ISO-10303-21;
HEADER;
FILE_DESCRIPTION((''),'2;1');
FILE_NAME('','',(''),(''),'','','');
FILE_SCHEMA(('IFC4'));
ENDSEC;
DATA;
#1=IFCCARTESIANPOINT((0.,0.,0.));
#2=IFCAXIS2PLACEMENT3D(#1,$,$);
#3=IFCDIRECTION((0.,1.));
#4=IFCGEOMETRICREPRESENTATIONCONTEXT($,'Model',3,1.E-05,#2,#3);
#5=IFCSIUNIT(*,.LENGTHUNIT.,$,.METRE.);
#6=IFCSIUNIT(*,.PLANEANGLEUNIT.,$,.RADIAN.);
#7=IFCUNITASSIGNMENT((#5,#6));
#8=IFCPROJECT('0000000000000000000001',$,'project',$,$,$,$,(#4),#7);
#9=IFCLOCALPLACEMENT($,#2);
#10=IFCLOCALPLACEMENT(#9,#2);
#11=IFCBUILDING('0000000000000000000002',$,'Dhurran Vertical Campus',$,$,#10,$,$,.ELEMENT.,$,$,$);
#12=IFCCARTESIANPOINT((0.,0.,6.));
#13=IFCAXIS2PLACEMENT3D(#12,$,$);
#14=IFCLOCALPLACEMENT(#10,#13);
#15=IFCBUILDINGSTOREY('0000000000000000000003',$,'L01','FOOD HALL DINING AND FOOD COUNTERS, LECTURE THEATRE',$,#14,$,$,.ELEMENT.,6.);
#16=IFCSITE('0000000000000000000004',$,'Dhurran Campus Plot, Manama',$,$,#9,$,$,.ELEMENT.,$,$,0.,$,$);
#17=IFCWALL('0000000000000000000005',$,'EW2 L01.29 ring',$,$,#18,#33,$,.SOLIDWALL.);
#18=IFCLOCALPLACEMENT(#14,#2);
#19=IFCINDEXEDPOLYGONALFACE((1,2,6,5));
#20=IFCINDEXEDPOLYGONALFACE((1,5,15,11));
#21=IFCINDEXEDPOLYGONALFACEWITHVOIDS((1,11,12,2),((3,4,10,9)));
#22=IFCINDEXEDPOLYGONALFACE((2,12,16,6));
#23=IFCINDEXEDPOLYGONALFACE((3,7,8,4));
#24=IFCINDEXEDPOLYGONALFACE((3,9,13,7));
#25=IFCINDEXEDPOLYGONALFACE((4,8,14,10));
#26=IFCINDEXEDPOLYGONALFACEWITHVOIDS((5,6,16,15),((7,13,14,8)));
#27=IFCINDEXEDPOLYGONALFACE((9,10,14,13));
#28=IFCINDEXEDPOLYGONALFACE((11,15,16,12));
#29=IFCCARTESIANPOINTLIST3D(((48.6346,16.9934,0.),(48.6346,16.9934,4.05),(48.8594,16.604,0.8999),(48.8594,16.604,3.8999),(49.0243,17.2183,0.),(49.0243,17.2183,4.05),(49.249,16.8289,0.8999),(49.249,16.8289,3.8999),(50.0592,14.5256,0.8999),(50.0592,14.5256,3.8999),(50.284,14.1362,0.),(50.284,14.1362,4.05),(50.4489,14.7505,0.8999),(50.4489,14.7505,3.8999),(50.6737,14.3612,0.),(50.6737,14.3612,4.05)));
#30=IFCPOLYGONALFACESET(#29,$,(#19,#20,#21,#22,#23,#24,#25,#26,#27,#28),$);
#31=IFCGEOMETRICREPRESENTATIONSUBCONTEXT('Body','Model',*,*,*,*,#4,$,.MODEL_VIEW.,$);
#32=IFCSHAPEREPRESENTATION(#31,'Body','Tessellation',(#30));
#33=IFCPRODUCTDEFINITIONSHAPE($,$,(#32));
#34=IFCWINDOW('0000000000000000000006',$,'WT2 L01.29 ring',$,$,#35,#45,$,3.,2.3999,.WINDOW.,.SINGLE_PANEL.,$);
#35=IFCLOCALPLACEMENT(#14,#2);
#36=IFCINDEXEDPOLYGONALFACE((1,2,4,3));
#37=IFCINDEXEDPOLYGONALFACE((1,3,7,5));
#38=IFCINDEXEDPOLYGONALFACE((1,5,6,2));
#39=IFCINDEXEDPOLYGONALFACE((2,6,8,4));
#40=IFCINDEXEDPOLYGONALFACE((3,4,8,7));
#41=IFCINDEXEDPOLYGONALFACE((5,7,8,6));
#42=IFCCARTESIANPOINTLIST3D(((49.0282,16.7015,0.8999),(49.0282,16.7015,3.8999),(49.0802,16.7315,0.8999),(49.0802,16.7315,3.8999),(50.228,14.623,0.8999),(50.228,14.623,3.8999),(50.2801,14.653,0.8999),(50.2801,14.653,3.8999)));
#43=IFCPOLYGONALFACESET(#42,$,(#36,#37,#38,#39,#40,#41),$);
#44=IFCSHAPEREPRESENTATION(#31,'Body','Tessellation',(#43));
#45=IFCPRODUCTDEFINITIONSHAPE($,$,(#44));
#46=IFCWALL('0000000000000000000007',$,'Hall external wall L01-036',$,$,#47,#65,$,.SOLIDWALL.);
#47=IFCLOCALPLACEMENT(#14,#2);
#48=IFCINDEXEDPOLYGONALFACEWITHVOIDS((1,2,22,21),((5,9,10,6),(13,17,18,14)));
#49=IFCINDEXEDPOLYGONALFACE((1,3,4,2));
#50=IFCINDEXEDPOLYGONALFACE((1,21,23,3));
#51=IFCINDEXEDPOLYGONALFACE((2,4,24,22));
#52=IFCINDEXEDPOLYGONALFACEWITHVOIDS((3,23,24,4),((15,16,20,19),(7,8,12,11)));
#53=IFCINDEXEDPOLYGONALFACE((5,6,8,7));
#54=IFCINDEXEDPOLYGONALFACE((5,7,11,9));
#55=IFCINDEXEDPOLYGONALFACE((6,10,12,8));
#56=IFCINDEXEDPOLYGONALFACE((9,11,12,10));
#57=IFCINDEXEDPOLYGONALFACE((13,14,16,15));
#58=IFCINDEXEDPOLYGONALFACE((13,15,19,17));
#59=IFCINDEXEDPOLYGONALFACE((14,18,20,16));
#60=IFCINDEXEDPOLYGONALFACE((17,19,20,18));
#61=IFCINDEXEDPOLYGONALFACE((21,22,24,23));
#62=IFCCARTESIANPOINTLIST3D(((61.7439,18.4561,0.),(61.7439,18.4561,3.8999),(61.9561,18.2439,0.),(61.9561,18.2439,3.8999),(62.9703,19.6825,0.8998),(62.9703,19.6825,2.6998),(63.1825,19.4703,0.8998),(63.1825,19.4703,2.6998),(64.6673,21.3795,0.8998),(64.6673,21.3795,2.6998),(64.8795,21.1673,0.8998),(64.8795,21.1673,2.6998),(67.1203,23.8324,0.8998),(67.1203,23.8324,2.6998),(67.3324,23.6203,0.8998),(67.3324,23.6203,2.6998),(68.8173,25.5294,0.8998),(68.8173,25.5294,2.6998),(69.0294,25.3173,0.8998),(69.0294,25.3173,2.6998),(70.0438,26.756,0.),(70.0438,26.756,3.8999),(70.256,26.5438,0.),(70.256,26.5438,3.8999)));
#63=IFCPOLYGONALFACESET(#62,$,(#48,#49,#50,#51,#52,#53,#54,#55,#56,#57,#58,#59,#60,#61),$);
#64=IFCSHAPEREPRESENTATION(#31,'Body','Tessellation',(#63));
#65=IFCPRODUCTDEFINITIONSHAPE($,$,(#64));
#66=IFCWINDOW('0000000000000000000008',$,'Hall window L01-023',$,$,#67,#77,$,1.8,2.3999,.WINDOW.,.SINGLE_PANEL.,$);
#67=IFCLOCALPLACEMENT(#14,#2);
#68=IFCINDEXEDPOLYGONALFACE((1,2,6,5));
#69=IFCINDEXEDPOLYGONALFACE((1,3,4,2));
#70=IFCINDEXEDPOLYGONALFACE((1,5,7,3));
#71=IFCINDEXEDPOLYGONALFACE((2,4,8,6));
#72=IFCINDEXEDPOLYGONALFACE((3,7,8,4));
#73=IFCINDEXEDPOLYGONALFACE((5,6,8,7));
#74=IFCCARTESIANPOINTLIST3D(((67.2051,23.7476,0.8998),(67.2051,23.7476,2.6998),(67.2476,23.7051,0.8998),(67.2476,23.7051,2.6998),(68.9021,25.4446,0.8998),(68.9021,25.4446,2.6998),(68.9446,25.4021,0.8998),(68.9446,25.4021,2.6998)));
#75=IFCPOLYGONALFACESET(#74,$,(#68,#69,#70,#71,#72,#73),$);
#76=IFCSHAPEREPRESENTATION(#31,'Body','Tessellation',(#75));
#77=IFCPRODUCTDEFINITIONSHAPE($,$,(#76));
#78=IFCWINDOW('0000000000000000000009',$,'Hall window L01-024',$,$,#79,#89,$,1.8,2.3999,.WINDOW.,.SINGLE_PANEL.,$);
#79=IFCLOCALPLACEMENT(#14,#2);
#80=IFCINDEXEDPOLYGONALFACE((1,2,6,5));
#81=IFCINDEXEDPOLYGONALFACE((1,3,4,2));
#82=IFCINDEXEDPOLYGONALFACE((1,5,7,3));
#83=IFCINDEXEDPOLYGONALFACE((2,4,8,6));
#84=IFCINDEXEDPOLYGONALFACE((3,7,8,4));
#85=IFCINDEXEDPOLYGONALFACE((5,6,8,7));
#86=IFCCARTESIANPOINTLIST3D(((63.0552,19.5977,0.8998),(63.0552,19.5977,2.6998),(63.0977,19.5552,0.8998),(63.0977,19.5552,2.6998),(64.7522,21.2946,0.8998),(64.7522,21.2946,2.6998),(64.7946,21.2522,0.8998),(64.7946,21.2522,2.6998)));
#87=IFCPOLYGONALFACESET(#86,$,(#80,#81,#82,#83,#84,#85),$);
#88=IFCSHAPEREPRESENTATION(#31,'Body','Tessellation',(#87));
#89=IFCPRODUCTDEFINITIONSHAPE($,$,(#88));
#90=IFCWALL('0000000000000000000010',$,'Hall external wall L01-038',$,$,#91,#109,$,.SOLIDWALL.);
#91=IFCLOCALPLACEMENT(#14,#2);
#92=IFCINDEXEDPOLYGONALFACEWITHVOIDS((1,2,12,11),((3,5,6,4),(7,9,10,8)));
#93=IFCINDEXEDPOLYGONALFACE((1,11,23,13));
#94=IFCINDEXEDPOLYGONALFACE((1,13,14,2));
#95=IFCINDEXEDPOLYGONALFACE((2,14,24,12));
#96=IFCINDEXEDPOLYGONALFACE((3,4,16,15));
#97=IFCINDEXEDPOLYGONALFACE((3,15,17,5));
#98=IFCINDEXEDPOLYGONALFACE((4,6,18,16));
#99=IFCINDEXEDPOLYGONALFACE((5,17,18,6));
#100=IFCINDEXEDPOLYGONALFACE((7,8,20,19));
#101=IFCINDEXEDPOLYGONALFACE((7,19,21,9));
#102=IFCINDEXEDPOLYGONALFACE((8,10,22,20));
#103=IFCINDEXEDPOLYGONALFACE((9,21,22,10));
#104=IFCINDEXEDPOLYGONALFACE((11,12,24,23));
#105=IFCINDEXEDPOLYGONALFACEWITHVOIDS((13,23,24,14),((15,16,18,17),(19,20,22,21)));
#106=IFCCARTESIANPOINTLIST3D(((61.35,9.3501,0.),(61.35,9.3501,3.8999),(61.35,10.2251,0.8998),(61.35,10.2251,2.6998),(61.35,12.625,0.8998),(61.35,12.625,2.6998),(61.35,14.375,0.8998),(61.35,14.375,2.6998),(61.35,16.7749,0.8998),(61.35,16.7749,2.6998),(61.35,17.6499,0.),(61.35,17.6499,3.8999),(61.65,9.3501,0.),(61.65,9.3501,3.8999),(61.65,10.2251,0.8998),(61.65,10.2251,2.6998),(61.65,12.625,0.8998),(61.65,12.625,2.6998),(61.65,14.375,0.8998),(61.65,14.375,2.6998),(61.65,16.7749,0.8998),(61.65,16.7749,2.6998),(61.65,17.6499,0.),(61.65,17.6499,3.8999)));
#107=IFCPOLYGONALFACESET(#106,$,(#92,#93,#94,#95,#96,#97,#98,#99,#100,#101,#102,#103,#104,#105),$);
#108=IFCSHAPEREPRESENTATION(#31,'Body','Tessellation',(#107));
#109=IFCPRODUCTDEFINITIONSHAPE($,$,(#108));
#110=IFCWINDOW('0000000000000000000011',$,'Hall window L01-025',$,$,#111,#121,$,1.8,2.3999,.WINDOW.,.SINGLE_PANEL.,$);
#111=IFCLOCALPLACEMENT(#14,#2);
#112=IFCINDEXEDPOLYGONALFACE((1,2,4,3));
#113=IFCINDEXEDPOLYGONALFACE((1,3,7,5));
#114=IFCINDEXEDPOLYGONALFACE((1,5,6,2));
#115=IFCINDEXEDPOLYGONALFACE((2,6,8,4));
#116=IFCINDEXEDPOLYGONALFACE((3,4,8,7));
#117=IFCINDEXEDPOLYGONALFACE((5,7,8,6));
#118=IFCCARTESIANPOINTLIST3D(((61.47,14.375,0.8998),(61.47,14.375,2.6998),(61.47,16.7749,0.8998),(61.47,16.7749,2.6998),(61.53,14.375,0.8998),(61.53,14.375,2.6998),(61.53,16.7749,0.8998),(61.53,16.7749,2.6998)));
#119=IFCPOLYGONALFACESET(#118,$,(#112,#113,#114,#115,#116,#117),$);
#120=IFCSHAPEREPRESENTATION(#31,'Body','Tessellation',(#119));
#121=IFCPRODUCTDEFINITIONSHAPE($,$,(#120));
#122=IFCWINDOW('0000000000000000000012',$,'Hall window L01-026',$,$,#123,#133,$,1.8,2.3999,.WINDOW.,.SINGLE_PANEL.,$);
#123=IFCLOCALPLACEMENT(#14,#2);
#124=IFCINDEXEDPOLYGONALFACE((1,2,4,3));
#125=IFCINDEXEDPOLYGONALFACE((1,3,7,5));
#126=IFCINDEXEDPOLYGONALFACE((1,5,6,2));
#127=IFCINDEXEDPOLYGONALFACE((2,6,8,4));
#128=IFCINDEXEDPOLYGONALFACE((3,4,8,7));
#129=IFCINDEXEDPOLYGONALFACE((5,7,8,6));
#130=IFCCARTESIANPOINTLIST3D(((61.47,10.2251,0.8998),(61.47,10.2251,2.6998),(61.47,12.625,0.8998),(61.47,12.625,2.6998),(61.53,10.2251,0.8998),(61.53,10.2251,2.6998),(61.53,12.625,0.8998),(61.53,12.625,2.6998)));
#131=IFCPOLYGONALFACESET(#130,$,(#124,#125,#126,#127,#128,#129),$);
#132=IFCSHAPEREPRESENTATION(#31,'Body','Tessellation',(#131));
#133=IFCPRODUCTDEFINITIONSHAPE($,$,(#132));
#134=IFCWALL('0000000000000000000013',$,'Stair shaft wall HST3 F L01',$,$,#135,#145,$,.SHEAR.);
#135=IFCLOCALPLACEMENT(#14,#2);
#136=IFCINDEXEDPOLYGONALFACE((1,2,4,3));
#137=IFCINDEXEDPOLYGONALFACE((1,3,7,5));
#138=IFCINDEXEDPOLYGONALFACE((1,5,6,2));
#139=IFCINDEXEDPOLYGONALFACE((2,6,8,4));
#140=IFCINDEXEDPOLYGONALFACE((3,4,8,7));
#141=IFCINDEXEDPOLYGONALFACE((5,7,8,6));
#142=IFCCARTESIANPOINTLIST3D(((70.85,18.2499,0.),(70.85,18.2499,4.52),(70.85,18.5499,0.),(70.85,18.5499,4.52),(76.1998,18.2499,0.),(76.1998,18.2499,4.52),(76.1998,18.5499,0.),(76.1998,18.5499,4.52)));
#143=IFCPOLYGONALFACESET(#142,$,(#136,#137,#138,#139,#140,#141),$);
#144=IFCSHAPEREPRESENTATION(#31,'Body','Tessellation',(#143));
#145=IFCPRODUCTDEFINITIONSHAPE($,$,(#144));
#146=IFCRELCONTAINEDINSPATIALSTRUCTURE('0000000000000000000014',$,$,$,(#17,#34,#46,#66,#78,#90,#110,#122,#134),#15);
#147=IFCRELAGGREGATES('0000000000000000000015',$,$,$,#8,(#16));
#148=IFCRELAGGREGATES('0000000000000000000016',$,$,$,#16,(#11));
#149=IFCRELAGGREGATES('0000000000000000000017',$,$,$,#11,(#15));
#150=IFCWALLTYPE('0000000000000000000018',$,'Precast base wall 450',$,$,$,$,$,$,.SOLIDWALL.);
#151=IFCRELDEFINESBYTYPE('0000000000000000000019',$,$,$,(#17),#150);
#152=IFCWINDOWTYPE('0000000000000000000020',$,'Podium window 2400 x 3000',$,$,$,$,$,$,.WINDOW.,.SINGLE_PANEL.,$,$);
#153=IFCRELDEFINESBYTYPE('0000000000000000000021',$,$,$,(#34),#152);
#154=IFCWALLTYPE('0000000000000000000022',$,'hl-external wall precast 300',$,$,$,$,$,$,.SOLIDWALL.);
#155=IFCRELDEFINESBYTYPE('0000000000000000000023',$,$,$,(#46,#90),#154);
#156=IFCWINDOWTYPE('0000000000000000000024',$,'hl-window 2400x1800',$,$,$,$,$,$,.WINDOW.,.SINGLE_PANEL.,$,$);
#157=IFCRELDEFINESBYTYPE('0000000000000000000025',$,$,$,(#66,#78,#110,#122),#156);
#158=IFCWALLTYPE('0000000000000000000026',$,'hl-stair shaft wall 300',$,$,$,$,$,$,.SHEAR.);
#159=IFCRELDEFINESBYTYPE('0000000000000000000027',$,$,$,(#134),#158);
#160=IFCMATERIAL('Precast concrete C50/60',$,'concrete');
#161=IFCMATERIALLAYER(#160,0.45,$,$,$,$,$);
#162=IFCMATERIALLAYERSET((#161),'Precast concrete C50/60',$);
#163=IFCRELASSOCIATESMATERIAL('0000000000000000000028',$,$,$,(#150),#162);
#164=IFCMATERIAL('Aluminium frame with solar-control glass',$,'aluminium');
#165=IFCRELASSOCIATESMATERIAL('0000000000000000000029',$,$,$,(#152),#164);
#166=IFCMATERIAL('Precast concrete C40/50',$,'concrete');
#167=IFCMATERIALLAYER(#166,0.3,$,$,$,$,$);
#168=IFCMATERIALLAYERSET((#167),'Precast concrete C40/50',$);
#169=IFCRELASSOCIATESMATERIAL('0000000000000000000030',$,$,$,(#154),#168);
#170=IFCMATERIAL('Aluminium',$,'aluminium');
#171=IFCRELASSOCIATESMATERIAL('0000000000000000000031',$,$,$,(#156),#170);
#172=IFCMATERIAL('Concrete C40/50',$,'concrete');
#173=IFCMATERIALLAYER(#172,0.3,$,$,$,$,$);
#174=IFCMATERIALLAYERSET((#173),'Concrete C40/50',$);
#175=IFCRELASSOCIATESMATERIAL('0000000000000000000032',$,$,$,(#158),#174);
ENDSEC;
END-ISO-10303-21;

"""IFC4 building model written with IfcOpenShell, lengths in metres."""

from ifc_helpers import new_model, si_unit, direction, frame, frame_2d, origin, place, context, subcontext, project, spatial, rectangle, extrude, material, layer, layer_set, type_object, element, fill, save


model = new_model("IFC4")

# Units and contexts
model_context = context("Model", 3, precision=1e-05, world=origin(), true_north=direction((0.0, 1.0)))
body_context = subcontext(model_context, "Body", "Model", "MODEL_VIEW")
ifc_project = project(units=[si_unit("LENGTHUNIT", "METRE"), si_unit("PLANEANGLEUNIT", "RADIAN")], contexts=[model_context])

# Site, building, storey
site_placement = place(None, origin())
site = spatial("IfcSite", under=ifc_project, at=site_placement, Name="Dhurran Campus Plot, Manama", CompositionType="ELEMENT", RefElevation=0.0)
building_placement = place(site_placement, origin())
building = spatial("IfcBuilding", under=site, at=building_placement, Name="Dhurran Vertical Campus", CompositionType="ELEMENT")
storey_placement = place(building_placement, frame((0.0, 0.0, 6.0)))
storey = spatial("IfcBuildingStorey", under=building, at=storey_placement, Name="L01", Description="FOOD HALL DINING AND FOOD COUNTERS, LECTURE THEATRE", CompositionType="ELEMENT", Elevation=6.0)

# Wall, opening, window
ifc_material_1 = material(Name="Precast concrete C50/60", Category="concrete")
ifc_layer_1 = layer(ifc_material_1, 0.45)
ifc_layer_set_1 = layer_set([ifc_layer_1], Name="Precast concrete C50/60")
wall_type_1 = type_object("IfcWallType", Name="Precast base wall 450", PredefinedType="SOLIDWALL", material=ifc_layer_set_1)
ifc_material_2 = material(Name="Aluminium frame with solar-control glass", Category="aluminium")
window_type_1 = type_object("IfcWindowType", Name="Podium window 2400 x 3000", PartitioningType="SINGLE_PANEL", PredefinedType="WINDOW", material=ifc_material_2)
wall_1_placement = place(storey_placement, frame((50.4788, 14.2488, 0.0), z_axis=(0.0, 0.0, 1.0), x_axis=(-0.499959, 0.866049, 0.0)))
wall_1 = element("IfcWall", 1, at=wall_1_placement, inside=storey, type_object=wall_type_1, Name="EW2 L01.29 ring", PredefinedType="SOLIDWALL", context=body_context, shape_type="SweptSolid", body=[
    extrude(rectangle(XDim=3.2991, YDim=0.45, at=frame_2d((1.6494, 0.0))), origin(), (0.0, 0.0, 1.0), 4.05),
])
opening_1_placement = place(wall_1_placement, frame((0.4495, 0.0, 0.8999)))
opening_1 = element("IfcOpeningElement", 2, at=opening_1_placement, cuts=wall_1, PredefinedType="OPENING", context=body_context, shape_type="SweptSolid", body=[
    extrude(rectangle(XDim=2.3999, YDim=3.0, at=frame_2d((1.2, 1.5))), frame((0.0, 0.2349, 0.0), z_axis=(0.0, -1.0, 0.0), x_axis=(1.0, 0.0, 0.0)), (0.0, 0.0, 1.0), 0.47),
])
window_1_placement = place(opening_1_placement, origin())
window_1 = element("IfcWindow", 3, at=window_1_placement, inside=storey, type_object=window_type_1, Name="WT2 L01.29 ring", OverallHeight=3.0, OverallWidth=2.3999, PartitioningType="SINGLE_PANEL", PredefinedType="WINDOW", context=body_context, shape_type="SweptSolid", body=[
    extrude(rectangle(XDim=2.3999, YDim=3.0, at=frame_2d((1.2, 1.5))), frame((0.0, 0.03, 0.0), z_axis=(0.0, -1.0, 0.0), x_axis=(1.0, 0.0, 0.0)), (0.0, 0.0, 1.0), 0.0601),
])
fill(opening_1, window_1)

# Walls, openings, windows
ifc_material_3 = material(Name="Precast concrete C40/50", Category="concrete")
ifc_layer_2 = layer(ifc_material_3, 0.3)
ifc_layer_set_2 = layer_set([ifc_layer_2], Name="Precast concrete C40/50")
wall_type_2 = type_object("IfcWallType", Name="hl-external wall precast 300", PredefinedType="SOLIDWALL", material=ifc_layer_set_2)
wall_2_placement = place(storey_placement, frame((70.1499, 26.6499, 0.0), z_axis=(0.0, 0.0, 1.0), x_axis=(-0.707107, -0.707107, 0.0)))
wall_2 = element("IfcWall", 4, at=wall_2_placement, inside=storey, type_object=wall_type_2, Name="Hall external wall L01-036", PredefinedType="SOLIDWALL", context=body_context, shape_type="SweptSolid", body=[
    extrude(rectangle(XDim=11.7378, YDim=0.3, at=frame_2d((5.8689, 0.0))), origin(), (0.0, 0.0, 1.0), 3.8999),
])
opening_2_placement = place(wall_2_placement, frame((1.7346, 0.0, 0.8999)))
opening_2 = element("IfcOpeningElement", 5, at=opening_2_placement, cuts=wall_2, PredefinedType="OPENING", context=body_context, shape_type="SweptSolid", body=[
    extrude(rectangle(XDim=2.3999, YDim=1.8, at=frame_2d((1.2, 0.8999))), frame((0.0, 0.1599, 0.0), z_axis=(0.0, -1.0, 0.0), x_axis=(1.0, 0.0, 0.0)), (0.0, 0.0, 1.0), 0.3201),
])
opening_3_placement = place(wall_2_placement, frame((7.6035, 0.0, 0.8999)))
opening_3 = element("IfcOpeningElement", 6, at=opening_3_placement, cuts=wall_2, PredefinedType="OPENING", context=body_context, shape_type="SweptSolid", body=[
    extrude(rectangle(XDim=2.3999, YDim=1.8, at=frame_2d((1.2, 0.8999))), frame((0.0, 0.1599, 0.0), z_axis=(0.0, -1.0, 0.0), x_axis=(1.0, 0.0, 0.0)), (0.0, 0.0, 1.0), 0.3201),
])
ifc_material_4 = material(Name="Aluminium", Category="aluminium")
window_type_2 = type_object("IfcWindowType", Name="hl-window 2400x1800", PartitioningType="SINGLE_PANEL", PredefinedType="WINDOW", material=ifc_material_4)
window_2_placement = place(opening_2_placement, origin())
window_2 = element("IfcWindow", 7, at=window_2_placement, inside=storey, type_object=window_type_2, Name="Hall window L01-023", OverallHeight=1.8, OverallWidth=2.3999, PartitioningType="SINGLE_PANEL", PredefinedType="WINDOW", context=body_context, shape_type="SweptSolid", body=[
    extrude(rectangle(XDim=2.3999, YDim=1.8, at=frame_2d((1.2, 0.8999))), frame((0.0, 0.03, 0.0), z_axis=(0.0, -1.0, 0.0), x_axis=(1.0, 0.0, 0.0)), (0.0, 0.0, 1.0), 0.0601),
])
fill(opening_2, window_2)
window_3_placement = place(opening_3_placement, origin())
window_3 = element("IfcWindow", 8, at=window_3_placement, inside=storey, type_object=window_type_2, Name="Hall window L01-024", OverallHeight=1.8, OverallWidth=2.3999, PartitioningType="SINGLE_PANEL", PredefinedType="WINDOW", context=body_context, shape_type="SweptSolid", body=[
    extrude(rectangle(XDim=2.3999, YDim=1.8, at=frame_2d((1.2, 0.8999))), frame((0.0, 0.03, 0.0), z_axis=(0.0, -1.0, 0.0), x_axis=(1.0, 0.0, 0.0)), (0.0, 0.0, 1.0), 0.0601),
])
fill(opening_3, window_3)
wall_3_placement = place(storey_placement, frame((61.5, 17.6499, 0.0), z_axis=(0.0, 0.0, 1.0), x_axis=(0.0, -1.0, 0.0)))
wall_3 = element("IfcWall", 9, at=wall_3_placement, inside=storey, type_object=wall_type_2, Name="Hall external wall L01-038", PredefinedType="SOLIDWALL", context=body_context, shape_type="SweptSolid", body=[
    extrude(rectangle(XDim=8.2998, YDim=0.3, at=frame_2d((4.1499, 0.0))), origin(), (0.0, 0.0, 1.0), 3.8999),
])
opening_4_placement = place(wall_3_placement, frame((0.875, 0.0, 0.8999)))
opening_4 = element("IfcOpeningElement", 10, at=opening_4_placement, cuts=wall_3, PredefinedType="OPENING", context=body_context, shape_type="SweptSolid", body=[
    extrude(rectangle(XDim=2.3999, YDim=1.8, at=frame_2d((1.2, 0.8999))), frame((0.0, 0.1599, 0.0), z_axis=(0.0, -1.0, 0.0), x_axis=(1.0, 0.0, 0.0)), (0.0, 0.0, 1.0), 0.3201),
])
opening_5_placement = place(wall_3_placement, frame((5.0249, 0.0, 0.8999)))
opening_5 = element("IfcOpeningElement", 11, at=opening_5_placement, cuts=wall_3, PredefinedType="OPENING", context=body_context, shape_type="SweptSolid", body=[
    extrude(rectangle(XDim=2.3999, YDim=1.8, at=frame_2d((1.2, 0.8999))), frame((0.0, 0.1599, 0.0), z_axis=(0.0, -1.0, 0.0), x_axis=(1.0, 0.0, 0.0)), (0.0, 0.0, 1.0), 0.3201),
])
window_4_placement = place(opening_4_placement, origin())
window_4 = element("IfcWindow", 12, at=window_4_placement, inside=storey, type_object=window_type_2, Name="Hall window L01-025", OverallHeight=1.8, OverallWidth=2.3999, PartitioningType="SINGLE_PANEL", PredefinedType="WINDOW", context=body_context, shape_type="SweptSolid", body=[
    extrude(rectangle(XDim=2.3999, YDim=1.8, at=frame_2d((1.2, 0.8999))), frame((0.0, 0.03, 0.0), z_axis=(0.0, -1.0, 0.0), x_axis=(1.0, 0.0, 0.0)), (0.0, 0.0, 1.0), 0.0601),
])
fill(opening_4, window_4)
window_5_placement = place(opening_5_placement, origin())
window_5 = element("IfcWindow", 13, at=window_5_placement, inside=storey, type_object=window_type_2, Name="Hall window L01-026", OverallHeight=1.8, OverallWidth=2.3999, PartitioningType="SINGLE_PANEL", PredefinedType="WINDOW", context=body_context, shape_type="SweptSolid", body=[
    extrude(rectangle(XDim=2.3999, YDim=1.8, at=frame_2d((1.2, 0.8999))), frame((0.0, 0.03, 0.0), z_axis=(0.0, -1.0, 0.0), x_axis=(1.0, 0.0, 0.0)), (0.0, 0.0, 1.0), 0.0601),
])
fill(opening_5, window_5)

# Wall
ifc_material_5 = material(Name="Concrete C40/50", Category="concrete")
ifc_layer_3 = layer(ifc_material_5, 0.3)
ifc_layer_set_3 = layer_set([ifc_layer_3], Name="Concrete C40/50")
wall_type_3 = type_object("IfcWallType", Name="hl-stair shaft wall 300", PredefinedType="SHEAR", material=ifc_layer_set_3)
wall_4_placement = place(storey_placement, frame((70.8501, 18.3999, 0.0), z_axis=(0.0, 0.0, 1.0), x_axis=(1.0, 0.0, 0.0)))
element("IfcWall", 14, at=wall_4_placement, inside=storey, type_object=wall_type_3, Name="Stair shaft wall HST3 F L01", PredefinedType="SHEAR", context=body_context, shape_type="SweptSolid", body=[
    extrude(rectangle(XDim=5.3499, YDim=0.3, at=frame_2d((2.6748, 0.0))), origin(), (0.0, 0.0, 1.0), 4.52),
])

save(model, "model.ifc")
